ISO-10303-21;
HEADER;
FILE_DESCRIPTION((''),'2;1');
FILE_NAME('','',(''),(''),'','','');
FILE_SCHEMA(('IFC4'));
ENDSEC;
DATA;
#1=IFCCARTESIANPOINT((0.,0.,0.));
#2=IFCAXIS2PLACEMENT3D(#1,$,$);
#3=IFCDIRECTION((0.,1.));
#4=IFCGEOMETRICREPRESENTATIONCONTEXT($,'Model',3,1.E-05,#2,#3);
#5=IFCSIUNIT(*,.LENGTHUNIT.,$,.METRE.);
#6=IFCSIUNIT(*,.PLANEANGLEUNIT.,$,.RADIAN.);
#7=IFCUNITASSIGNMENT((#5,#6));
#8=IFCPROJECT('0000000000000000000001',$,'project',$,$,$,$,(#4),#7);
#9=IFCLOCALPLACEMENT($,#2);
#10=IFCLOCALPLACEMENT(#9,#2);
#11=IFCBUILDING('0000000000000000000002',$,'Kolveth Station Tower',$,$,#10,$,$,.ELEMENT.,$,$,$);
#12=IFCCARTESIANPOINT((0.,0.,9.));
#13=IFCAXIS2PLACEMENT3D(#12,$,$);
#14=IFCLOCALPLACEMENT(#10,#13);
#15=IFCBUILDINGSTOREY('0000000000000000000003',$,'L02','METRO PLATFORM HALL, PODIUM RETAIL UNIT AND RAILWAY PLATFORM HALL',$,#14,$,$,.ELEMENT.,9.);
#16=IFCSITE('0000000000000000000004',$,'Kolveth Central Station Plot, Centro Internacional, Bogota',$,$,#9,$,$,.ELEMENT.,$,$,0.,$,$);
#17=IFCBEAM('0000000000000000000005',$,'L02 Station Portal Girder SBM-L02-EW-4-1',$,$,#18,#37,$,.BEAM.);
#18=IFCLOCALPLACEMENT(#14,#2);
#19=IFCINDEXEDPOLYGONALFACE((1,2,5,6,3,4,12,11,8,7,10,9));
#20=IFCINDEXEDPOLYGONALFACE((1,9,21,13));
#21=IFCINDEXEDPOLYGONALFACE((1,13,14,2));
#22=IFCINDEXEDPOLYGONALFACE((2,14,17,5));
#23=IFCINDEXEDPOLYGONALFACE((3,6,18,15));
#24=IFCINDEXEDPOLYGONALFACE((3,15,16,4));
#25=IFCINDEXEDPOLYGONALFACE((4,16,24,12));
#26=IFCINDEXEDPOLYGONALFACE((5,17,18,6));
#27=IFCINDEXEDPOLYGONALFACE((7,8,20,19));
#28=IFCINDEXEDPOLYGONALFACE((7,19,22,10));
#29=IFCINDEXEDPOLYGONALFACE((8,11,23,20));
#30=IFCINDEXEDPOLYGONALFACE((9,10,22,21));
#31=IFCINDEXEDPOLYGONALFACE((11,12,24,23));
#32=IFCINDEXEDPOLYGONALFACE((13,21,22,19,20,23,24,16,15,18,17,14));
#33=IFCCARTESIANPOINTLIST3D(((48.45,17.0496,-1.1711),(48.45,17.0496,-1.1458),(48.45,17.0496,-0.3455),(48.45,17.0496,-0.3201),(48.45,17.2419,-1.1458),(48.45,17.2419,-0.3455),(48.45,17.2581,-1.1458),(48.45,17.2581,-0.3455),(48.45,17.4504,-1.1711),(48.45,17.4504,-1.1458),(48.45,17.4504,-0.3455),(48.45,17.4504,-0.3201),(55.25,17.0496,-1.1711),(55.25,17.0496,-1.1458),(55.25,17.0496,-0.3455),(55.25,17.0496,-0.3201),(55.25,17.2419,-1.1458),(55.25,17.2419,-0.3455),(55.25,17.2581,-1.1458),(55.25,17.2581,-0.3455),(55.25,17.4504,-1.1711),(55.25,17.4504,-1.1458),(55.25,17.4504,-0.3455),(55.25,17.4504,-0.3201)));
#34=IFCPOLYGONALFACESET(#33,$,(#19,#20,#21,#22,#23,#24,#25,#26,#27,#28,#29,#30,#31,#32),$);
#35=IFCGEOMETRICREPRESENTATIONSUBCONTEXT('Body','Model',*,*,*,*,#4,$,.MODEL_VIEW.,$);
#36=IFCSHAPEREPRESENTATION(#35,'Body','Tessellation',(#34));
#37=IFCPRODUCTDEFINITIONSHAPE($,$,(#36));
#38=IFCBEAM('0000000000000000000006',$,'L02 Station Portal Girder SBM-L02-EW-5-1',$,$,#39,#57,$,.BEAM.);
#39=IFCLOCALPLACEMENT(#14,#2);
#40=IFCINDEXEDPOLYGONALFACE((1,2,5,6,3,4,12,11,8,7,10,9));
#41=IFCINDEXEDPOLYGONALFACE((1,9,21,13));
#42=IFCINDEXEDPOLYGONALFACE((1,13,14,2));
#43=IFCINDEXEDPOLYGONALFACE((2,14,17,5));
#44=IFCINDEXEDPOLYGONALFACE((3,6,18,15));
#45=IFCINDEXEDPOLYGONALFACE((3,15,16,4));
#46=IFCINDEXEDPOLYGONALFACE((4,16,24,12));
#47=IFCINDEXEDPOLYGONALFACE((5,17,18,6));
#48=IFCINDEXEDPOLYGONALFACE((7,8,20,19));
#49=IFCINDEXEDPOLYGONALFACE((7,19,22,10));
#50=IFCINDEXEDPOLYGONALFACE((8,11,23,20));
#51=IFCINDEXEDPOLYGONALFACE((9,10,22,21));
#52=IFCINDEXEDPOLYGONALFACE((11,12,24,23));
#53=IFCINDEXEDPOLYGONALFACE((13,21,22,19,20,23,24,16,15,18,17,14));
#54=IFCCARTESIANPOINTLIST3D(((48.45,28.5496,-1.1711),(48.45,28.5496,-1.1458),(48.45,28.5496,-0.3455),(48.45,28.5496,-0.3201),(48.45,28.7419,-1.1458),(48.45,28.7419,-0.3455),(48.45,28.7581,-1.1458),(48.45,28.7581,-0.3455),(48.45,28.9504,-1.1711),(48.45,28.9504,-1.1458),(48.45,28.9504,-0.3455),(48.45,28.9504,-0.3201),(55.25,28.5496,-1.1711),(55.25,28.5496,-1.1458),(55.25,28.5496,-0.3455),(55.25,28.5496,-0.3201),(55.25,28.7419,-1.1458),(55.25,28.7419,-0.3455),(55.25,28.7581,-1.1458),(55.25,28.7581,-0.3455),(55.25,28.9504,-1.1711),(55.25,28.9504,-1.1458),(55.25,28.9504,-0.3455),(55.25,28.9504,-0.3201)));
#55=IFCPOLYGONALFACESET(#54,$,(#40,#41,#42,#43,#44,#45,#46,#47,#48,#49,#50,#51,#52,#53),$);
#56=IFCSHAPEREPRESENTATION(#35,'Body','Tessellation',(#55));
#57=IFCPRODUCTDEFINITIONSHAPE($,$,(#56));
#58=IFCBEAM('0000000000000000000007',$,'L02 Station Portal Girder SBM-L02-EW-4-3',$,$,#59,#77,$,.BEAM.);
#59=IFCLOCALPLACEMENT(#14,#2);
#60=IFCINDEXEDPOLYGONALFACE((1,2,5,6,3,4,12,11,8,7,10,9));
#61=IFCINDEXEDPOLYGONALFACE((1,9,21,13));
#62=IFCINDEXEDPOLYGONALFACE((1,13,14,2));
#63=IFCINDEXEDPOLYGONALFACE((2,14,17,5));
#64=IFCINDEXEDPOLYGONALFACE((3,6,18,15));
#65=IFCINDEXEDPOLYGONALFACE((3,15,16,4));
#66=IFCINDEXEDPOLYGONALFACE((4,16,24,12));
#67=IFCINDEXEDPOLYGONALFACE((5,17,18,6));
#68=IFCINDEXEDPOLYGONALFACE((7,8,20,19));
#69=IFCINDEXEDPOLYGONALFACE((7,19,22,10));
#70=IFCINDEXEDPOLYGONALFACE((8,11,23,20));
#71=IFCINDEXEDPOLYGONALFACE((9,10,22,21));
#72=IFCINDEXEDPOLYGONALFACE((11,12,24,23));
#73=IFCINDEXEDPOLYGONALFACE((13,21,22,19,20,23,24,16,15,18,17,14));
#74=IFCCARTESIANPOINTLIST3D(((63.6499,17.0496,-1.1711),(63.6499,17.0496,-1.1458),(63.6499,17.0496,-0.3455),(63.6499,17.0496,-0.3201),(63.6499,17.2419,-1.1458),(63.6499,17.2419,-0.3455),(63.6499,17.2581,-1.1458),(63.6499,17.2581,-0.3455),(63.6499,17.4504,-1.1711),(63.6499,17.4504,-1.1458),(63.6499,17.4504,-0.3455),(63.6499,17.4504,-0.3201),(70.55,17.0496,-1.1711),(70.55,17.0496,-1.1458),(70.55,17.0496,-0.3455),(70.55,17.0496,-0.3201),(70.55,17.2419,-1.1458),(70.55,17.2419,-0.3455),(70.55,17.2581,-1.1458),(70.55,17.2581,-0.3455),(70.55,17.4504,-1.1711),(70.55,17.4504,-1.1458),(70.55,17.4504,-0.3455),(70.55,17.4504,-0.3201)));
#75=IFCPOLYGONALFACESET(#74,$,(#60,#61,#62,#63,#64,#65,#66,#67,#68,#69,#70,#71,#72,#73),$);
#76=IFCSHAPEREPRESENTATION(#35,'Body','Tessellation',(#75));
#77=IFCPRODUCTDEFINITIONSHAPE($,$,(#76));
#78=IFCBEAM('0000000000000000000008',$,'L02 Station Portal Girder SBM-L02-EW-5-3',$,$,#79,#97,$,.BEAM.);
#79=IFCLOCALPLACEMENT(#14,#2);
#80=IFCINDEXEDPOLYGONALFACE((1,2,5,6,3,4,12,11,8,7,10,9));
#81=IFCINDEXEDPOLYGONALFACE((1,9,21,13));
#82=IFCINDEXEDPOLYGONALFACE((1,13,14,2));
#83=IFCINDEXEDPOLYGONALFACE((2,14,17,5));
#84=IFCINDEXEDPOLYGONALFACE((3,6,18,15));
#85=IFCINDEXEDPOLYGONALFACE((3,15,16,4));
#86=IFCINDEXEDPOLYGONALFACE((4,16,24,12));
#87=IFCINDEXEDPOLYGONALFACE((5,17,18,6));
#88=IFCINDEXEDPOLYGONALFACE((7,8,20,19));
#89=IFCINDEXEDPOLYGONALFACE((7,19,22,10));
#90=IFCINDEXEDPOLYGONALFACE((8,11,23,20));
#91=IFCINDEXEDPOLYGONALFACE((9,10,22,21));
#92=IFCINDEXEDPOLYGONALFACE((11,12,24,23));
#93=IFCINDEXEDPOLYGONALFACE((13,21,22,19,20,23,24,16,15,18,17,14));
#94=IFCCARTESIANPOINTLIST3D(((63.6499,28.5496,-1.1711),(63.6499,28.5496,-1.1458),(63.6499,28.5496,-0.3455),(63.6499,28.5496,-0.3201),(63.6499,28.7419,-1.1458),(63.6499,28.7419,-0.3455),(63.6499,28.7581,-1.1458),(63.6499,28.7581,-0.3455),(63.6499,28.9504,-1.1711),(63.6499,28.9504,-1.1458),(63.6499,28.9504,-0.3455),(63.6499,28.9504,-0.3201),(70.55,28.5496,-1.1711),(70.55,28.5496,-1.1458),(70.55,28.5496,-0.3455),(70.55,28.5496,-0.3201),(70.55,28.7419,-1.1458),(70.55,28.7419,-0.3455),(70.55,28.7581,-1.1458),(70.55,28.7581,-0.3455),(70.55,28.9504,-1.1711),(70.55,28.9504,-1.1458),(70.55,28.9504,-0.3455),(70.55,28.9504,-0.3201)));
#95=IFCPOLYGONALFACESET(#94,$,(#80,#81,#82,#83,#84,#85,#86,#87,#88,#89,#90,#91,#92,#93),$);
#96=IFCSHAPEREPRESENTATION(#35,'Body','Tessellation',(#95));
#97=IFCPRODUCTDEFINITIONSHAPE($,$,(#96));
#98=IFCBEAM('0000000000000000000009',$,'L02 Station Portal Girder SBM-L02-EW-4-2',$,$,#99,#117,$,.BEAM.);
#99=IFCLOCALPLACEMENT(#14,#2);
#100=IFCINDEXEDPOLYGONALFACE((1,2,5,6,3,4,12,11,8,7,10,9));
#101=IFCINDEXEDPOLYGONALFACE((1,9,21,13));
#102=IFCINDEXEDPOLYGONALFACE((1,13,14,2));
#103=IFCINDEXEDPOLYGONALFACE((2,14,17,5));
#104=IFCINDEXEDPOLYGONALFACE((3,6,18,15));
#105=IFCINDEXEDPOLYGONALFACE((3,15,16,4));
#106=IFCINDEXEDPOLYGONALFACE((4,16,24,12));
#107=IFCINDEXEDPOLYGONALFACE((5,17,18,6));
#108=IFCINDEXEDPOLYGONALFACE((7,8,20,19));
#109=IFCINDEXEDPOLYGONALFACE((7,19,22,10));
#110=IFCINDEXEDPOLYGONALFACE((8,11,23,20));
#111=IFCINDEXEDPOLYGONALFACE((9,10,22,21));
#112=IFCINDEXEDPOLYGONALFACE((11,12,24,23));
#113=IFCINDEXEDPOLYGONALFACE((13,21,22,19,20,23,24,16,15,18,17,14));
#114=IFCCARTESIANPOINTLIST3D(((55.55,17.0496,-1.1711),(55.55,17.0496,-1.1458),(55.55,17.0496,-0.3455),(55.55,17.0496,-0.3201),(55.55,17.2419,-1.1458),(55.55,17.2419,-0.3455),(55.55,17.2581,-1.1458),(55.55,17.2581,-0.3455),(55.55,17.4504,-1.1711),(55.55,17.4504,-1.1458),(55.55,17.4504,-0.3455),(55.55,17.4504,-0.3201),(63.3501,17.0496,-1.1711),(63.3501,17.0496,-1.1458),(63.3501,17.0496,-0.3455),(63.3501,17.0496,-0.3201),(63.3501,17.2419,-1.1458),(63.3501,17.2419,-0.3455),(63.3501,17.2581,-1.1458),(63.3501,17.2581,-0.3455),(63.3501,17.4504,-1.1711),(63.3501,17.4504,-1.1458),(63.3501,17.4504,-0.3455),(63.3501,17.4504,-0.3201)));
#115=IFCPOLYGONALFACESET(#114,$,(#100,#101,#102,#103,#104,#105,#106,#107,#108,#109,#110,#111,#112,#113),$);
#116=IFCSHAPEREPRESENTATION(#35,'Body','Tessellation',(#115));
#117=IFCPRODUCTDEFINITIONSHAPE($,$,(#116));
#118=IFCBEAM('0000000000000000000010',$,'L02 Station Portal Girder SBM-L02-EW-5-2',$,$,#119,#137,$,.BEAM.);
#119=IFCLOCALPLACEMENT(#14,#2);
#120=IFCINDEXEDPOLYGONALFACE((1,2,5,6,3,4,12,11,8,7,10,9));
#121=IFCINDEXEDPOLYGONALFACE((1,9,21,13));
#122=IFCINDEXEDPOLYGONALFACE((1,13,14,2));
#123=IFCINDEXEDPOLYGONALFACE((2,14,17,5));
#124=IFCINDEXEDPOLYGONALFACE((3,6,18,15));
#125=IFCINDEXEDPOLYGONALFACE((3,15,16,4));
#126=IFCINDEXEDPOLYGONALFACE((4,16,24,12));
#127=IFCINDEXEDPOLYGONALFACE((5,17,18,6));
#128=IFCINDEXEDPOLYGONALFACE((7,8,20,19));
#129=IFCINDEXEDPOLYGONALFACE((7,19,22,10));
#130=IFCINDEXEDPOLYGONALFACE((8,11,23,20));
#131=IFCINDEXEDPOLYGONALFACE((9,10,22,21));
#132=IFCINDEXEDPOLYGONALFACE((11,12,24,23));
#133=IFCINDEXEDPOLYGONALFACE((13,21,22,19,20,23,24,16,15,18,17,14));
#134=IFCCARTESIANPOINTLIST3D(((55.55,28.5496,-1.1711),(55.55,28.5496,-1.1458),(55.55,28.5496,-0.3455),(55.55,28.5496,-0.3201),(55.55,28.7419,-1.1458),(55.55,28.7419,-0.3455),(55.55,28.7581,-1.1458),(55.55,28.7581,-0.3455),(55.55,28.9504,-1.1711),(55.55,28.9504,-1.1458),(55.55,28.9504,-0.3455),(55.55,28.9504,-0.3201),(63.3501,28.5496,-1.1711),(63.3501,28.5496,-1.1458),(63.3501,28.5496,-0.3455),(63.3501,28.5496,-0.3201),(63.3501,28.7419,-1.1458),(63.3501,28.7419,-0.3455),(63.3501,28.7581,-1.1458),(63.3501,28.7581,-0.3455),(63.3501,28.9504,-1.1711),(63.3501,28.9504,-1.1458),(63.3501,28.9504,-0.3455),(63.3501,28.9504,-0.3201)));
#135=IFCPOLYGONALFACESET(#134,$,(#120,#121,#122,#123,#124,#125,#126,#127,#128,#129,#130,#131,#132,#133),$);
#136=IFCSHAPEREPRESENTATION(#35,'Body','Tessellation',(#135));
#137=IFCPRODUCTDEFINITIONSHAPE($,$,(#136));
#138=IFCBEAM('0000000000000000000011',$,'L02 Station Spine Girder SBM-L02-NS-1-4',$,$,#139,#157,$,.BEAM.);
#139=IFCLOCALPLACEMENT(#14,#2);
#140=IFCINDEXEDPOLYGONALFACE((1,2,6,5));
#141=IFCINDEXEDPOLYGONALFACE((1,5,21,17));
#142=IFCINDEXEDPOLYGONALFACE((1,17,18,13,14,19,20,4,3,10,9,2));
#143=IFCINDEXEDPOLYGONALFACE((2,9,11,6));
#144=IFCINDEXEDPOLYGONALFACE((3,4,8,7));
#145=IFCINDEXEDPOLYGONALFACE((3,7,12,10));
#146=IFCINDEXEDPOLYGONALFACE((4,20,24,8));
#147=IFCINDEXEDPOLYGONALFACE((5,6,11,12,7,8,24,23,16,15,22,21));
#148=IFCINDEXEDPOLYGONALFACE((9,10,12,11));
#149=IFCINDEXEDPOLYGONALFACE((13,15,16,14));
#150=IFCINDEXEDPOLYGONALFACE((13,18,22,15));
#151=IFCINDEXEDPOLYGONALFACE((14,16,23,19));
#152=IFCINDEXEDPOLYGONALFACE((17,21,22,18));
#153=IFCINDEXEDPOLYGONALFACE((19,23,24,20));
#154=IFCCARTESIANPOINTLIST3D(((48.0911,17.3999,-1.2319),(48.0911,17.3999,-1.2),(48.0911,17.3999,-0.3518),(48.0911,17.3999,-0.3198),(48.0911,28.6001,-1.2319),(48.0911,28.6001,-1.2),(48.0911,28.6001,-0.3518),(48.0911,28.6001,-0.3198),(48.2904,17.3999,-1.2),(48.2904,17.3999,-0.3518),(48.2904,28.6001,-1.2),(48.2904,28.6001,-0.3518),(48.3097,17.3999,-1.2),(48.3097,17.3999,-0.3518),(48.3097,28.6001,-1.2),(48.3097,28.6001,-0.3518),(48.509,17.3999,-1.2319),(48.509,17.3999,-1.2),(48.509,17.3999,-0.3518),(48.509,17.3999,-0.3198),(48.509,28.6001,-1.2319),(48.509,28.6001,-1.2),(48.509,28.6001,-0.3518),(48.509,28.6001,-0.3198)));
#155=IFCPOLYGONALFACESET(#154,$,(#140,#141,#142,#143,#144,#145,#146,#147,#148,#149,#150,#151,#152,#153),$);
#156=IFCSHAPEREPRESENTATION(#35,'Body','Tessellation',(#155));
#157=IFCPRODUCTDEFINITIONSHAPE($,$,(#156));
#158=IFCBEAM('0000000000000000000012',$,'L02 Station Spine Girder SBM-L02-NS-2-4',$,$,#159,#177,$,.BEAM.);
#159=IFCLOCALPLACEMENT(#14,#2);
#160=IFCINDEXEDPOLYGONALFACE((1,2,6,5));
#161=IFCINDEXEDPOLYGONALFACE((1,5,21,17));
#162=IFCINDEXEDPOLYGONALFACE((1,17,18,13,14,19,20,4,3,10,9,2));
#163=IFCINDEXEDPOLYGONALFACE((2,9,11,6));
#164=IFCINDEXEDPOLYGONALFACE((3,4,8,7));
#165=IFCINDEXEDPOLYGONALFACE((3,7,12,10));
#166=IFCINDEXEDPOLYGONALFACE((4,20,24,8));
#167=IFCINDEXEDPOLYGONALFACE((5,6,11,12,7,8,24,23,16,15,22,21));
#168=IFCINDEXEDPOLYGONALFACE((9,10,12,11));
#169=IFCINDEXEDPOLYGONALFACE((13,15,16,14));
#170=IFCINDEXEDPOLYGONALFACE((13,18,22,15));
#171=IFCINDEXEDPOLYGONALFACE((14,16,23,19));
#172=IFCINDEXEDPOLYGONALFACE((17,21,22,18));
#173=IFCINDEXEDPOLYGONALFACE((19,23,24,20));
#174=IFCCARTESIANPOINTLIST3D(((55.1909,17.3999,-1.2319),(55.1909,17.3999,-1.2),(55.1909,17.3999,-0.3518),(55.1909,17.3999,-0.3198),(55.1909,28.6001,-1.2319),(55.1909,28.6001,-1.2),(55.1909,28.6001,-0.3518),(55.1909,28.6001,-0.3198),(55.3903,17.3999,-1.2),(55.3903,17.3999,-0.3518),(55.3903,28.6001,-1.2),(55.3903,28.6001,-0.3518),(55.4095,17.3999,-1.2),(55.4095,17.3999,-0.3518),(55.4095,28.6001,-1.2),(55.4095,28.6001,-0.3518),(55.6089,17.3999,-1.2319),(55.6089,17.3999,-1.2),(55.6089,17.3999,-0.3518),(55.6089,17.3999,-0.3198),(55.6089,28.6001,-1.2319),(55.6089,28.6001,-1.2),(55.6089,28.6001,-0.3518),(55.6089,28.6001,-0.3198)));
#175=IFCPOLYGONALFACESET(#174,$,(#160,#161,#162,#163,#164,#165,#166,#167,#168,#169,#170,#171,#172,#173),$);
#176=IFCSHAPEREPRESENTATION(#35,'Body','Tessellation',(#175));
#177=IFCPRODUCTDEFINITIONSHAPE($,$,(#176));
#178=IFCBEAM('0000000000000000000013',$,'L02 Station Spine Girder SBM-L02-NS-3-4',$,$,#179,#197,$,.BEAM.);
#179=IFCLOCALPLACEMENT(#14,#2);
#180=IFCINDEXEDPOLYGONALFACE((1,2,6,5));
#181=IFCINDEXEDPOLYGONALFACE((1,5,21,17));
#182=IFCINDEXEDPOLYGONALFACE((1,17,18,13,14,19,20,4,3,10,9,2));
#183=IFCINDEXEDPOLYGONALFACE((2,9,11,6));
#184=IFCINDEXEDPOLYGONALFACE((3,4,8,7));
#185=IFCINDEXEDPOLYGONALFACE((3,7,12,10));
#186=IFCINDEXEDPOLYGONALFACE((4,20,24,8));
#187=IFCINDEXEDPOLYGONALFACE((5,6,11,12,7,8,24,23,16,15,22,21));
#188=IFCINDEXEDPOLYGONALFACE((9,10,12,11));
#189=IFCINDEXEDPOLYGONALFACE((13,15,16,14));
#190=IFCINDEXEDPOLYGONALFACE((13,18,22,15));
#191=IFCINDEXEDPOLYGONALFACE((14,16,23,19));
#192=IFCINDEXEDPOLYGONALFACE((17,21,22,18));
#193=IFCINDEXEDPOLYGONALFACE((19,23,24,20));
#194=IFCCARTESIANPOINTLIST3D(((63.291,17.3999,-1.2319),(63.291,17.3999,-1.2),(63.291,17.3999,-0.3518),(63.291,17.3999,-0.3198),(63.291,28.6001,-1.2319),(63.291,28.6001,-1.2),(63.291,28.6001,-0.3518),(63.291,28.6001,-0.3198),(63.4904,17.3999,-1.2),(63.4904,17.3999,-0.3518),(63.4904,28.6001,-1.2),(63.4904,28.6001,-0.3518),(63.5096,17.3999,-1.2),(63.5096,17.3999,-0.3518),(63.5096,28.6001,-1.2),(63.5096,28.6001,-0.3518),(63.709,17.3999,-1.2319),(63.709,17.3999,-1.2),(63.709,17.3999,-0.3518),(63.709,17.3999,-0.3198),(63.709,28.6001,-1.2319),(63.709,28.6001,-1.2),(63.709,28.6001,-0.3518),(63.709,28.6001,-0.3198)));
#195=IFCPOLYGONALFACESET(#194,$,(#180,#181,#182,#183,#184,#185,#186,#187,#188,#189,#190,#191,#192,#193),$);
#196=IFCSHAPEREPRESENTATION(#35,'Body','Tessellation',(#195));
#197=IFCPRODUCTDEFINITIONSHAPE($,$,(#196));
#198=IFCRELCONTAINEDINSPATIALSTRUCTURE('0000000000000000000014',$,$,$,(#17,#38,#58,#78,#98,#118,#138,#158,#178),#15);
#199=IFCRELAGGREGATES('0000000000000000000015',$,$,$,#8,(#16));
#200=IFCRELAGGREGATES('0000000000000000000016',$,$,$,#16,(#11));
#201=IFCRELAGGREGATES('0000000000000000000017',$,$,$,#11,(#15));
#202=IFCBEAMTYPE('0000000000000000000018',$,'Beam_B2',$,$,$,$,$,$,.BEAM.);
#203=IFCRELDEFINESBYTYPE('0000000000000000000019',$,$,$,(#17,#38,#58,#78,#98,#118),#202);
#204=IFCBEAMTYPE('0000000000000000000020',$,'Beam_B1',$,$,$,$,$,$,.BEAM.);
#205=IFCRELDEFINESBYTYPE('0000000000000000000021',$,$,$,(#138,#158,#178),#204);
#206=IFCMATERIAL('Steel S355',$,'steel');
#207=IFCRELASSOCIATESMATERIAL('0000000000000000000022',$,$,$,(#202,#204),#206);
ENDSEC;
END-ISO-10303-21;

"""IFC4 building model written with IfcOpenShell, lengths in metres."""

from ifc_helpers import new_model, si_unit, direction, frame, origin, origin_2d, place, context, subcontext, project, spatial, i_section, extrude, source, transform, mapped, material, material_profile, profile_set, type_object, element, save


model = new_model("IFC4")

# Units and contexts
model_context = context("Model", 3, precision=1e-05, world=origin(), true_north=direction((0.0, 1.0)))
body_context = subcontext(model_context, "Body", "Model", "MODEL_VIEW")
ifc_project = project(units=[si_unit("LENGTHUNIT", "METRE"), si_unit("PLANEANGLEUNIT", "RADIAN")], contexts=[model_context])

# Site, building, storey
site_placement = place(None, origin())
site = spatial("IfcSite", under=ifc_project, at=site_placement, Name="Kolveth Central Station Plot, Centro Internacional, Bogota", CompositionType="ELEMENT", RefElevation=0.0)
building_placement = place(site_placement, origin())
building = spatial("IfcBuilding", under=site, at=building_placement, Name="Kolveth Station Tower", CompositionType="ELEMENT")
storey_placement = place(building_placement, frame((0.0, 0.0, 9.0)))
storey = spatial("IfcBuildingStorey", under=building, at=storey_placement, Name="L02", Description="METRO PLATFORM HALL, PODIUM RETAIL UNIT AND RAILWAY PLATFORM HALL", CompositionType="ELEMENT", Elevation=9.0)

# Shared definitions
ifc_material_1 = material(Name="Steel S355", Category="steel")

# Beams
ifc_material_profile_1 = material_profile(ifc_material_1, i_section(OverallWidth=0.4009, OverallDepth=0.8511, WebThickness=0.0161, FlangeThickness=0.0254, at=origin_2d()), Name="W840x226")
ifc_profile_set_1 = profile_set([ifc_material_profile_1], Name="Steel S355")
beam_type_1 = type_object("IfcBeamType", Name="Beam_B2", PredefinedType="BEAM", material=ifc_profile_set_1)
shared_shape_1 = source(origin(), body_context, "Body", "SweptSolid", [
    extrude(i_section(OverallWidth=0.4009, OverallDepth=0.8511, WebThickness=0.0161, FlangeThickness=0.0254, at=origin_2d()), origin(), (0.0, 0.0, 1.0), 6.8),
])
for number, where, z_axis, x_axis, name in (
    (1, (48.45, 17.25, -0.7456), (1.0, 0.0, 0.0), (0.0, 1.0, 0.0), "L02 Station Portal Girder SBM-L02-EW-4-1"),
    (2, (48.45, 28.75, -0.7456), (1.0, 0.0, 0.0), (0.0, 1.0, 0.0), "L02 Station Portal Girder SBM-L02-EW-5-1"),
):
    element("IfcBeam", number, at=place(storey_placement, frame(where, z_axis=z_axis, x_axis=x_axis)), inside=storey, type_object=beam_type_1, Name=name, PredefinedType="BEAM", context=body_context, shape_type="MappedRepresentation", body=[
        mapped(shared_shape_1, transform((0.0, 0.0, 0.0), x_axis=(1.0, 0.0, 0.0), y_axis=(0.0, 1.0, 0.0), z_axis=(0.0, 0.0, 1.0), scale=1.0)),
    ])
shared_shape_2 = source(origin(), body_context, "Body", "SweptSolid", [
    extrude(i_section(OverallWidth=0.4009, OverallDepth=0.8511, WebThickness=0.0161, FlangeThickness=0.0254, at=origin_2d()), origin(), (0.0, 0.0, 1.0), 6.9001),
])
for number, where, z_axis, x_axis, name in (
    (3, (63.6499, 17.25, -0.7456), (1.0, 0.0, 0.0), (0.0, 1.0, 0.0), "L02 Station Portal Girder SBM-L02-EW-4-3"),
    (4, (63.6499, 28.75, -0.7456), (1.0, 0.0, 0.0), (0.0, 1.0, 0.0), "L02 Station Portal Girder SBM-L02-EW-5-3"),
):
    element("IfcBeam", number, at=place(storey_placement, frame(where, z_axis=z_axis, x_axis=x_axis)), inside=storey, type_object=beam_type_1, Name=name, PredefinedType="BEAM", context=body_context, shape_type="MappedRepresentation", body=[
        mapped(shared_shape_2, transform((0.0, 0.0, 0.0), x_axis=(1.0, 0.0, 0.0), y_axis=(0.0, 1.0, 0.0), z_axis=(0.0, 0.0, 1.0), scale=1.0)),
    ])
shared_shape_3 = source(origin(), body_context, "Body", "SweptSolid", [
    extrude(i_section(OverallWidth=0.4009, OverallDepth=0.8511, WebThickness=0.0161, FlangeThickness=0.0254, at=origin_2d()), origin(), (0.0, 0.0, 1.0), 7.8),
])
for number, where, z_axis, x_axis, name in (
    (5, (55.55, 17.25, -0.7456), (1.0, 0.0, 0.0), (0.0, 1.0, 0.0), "L02 Station Portal Girder SBM-L02-EW-4-2"),
    (6, (55.55, 28.75, -0.7456), (1.0, 0.0, 0.0), (0.0, 1.0, 0.0), "L02 Station Portal Girder SBM-L02-EW-5-2"),
):
    element("IfcBeam", number, at=place(storey_placement, frame(where, z_axis=z_axis, x_axis=x_axis)), inside=storey, type_object=beam_type_1, Name=name, PredefinedType="BEAM", context=body_context, shape_type="MappedRepresentation", body=[
        mapped(shared_shape_3, transform((0.0, 0.0, 0.0), x_axis=(1.0, 0.0, 0.0), y_axis=(0.0, 1.0, 0.0), z_axis=(0.0, 0.0, 1.0), scale=1.0)),
    ])
ifc_material_profile_2 = material_profile(ifc_material_1, i_section(OverallWidth=0.418, OverallDepth=0.9121, WebThickness=0.0193, FlangeThickness=0.032, at=origin_2d()), Name="W920x342")
ifc_profile_set_2 = profile_set([ifc_material_profile_2], Name="Steel S355")
beam_type_2 = type_object("IfcBeamType", Name="Beam_B1", PredefinedType="BEAM", material=ifc_profile_set_2)
shared_shape_4 = source(origin(), body_context, "Body", "SweptSolid", [
    extrude(i_section(OverallWidth=0.418, OverallDepth=0.9121, WebThickness=0.0193, FlangeThickness=0.032, at=origin_2d()), origin(), (0.0, 0.0, 1.0), 11.2002),
])
for number, where, z_axis, x_axis, name in (
    (7, (48.3, 17.3999, -0.7759), (0.0, 1.0, 0.0), (-1.0, 0.0, 0.0), "L02 Station Spine Girder SBM-L02-NS-1-4"),
    (8, (55.3999, 17.3999, -0.7759), (0.0, 1.0, 0.0), (-1.0, 0.0, 0.0), "L02 Station Spine Girder SBM-L02-NS-2-4"),
    (9, (63.5, 17.3999, -0.7759), (0.0, 1.0, 0.0), (-1.0, 0.0, 0.0), "L02 Station Spine Girder SBM-L02-NS-3-4"),
):
    element("IfcBeam", number, at=place(storey_placement, frame(where, z_axis=z_axis, x_axis=x_axis)), inside=storey, type_object=beam_type_2, Name=name, PredefinedType="BEAM", context=body_context, shape_type="MappedRepresentation", body=[
        mapped(shared_shape_4, transform((0.0, 0.0, 0.0), x_axis=(1.0, 0.0, 0.0), y_axis=(0.0, 1.0, 0.0), z_axis=(0.0, 0.0, 1.0), scale=1.0)),
    ])

save(model, "model.ifc")
